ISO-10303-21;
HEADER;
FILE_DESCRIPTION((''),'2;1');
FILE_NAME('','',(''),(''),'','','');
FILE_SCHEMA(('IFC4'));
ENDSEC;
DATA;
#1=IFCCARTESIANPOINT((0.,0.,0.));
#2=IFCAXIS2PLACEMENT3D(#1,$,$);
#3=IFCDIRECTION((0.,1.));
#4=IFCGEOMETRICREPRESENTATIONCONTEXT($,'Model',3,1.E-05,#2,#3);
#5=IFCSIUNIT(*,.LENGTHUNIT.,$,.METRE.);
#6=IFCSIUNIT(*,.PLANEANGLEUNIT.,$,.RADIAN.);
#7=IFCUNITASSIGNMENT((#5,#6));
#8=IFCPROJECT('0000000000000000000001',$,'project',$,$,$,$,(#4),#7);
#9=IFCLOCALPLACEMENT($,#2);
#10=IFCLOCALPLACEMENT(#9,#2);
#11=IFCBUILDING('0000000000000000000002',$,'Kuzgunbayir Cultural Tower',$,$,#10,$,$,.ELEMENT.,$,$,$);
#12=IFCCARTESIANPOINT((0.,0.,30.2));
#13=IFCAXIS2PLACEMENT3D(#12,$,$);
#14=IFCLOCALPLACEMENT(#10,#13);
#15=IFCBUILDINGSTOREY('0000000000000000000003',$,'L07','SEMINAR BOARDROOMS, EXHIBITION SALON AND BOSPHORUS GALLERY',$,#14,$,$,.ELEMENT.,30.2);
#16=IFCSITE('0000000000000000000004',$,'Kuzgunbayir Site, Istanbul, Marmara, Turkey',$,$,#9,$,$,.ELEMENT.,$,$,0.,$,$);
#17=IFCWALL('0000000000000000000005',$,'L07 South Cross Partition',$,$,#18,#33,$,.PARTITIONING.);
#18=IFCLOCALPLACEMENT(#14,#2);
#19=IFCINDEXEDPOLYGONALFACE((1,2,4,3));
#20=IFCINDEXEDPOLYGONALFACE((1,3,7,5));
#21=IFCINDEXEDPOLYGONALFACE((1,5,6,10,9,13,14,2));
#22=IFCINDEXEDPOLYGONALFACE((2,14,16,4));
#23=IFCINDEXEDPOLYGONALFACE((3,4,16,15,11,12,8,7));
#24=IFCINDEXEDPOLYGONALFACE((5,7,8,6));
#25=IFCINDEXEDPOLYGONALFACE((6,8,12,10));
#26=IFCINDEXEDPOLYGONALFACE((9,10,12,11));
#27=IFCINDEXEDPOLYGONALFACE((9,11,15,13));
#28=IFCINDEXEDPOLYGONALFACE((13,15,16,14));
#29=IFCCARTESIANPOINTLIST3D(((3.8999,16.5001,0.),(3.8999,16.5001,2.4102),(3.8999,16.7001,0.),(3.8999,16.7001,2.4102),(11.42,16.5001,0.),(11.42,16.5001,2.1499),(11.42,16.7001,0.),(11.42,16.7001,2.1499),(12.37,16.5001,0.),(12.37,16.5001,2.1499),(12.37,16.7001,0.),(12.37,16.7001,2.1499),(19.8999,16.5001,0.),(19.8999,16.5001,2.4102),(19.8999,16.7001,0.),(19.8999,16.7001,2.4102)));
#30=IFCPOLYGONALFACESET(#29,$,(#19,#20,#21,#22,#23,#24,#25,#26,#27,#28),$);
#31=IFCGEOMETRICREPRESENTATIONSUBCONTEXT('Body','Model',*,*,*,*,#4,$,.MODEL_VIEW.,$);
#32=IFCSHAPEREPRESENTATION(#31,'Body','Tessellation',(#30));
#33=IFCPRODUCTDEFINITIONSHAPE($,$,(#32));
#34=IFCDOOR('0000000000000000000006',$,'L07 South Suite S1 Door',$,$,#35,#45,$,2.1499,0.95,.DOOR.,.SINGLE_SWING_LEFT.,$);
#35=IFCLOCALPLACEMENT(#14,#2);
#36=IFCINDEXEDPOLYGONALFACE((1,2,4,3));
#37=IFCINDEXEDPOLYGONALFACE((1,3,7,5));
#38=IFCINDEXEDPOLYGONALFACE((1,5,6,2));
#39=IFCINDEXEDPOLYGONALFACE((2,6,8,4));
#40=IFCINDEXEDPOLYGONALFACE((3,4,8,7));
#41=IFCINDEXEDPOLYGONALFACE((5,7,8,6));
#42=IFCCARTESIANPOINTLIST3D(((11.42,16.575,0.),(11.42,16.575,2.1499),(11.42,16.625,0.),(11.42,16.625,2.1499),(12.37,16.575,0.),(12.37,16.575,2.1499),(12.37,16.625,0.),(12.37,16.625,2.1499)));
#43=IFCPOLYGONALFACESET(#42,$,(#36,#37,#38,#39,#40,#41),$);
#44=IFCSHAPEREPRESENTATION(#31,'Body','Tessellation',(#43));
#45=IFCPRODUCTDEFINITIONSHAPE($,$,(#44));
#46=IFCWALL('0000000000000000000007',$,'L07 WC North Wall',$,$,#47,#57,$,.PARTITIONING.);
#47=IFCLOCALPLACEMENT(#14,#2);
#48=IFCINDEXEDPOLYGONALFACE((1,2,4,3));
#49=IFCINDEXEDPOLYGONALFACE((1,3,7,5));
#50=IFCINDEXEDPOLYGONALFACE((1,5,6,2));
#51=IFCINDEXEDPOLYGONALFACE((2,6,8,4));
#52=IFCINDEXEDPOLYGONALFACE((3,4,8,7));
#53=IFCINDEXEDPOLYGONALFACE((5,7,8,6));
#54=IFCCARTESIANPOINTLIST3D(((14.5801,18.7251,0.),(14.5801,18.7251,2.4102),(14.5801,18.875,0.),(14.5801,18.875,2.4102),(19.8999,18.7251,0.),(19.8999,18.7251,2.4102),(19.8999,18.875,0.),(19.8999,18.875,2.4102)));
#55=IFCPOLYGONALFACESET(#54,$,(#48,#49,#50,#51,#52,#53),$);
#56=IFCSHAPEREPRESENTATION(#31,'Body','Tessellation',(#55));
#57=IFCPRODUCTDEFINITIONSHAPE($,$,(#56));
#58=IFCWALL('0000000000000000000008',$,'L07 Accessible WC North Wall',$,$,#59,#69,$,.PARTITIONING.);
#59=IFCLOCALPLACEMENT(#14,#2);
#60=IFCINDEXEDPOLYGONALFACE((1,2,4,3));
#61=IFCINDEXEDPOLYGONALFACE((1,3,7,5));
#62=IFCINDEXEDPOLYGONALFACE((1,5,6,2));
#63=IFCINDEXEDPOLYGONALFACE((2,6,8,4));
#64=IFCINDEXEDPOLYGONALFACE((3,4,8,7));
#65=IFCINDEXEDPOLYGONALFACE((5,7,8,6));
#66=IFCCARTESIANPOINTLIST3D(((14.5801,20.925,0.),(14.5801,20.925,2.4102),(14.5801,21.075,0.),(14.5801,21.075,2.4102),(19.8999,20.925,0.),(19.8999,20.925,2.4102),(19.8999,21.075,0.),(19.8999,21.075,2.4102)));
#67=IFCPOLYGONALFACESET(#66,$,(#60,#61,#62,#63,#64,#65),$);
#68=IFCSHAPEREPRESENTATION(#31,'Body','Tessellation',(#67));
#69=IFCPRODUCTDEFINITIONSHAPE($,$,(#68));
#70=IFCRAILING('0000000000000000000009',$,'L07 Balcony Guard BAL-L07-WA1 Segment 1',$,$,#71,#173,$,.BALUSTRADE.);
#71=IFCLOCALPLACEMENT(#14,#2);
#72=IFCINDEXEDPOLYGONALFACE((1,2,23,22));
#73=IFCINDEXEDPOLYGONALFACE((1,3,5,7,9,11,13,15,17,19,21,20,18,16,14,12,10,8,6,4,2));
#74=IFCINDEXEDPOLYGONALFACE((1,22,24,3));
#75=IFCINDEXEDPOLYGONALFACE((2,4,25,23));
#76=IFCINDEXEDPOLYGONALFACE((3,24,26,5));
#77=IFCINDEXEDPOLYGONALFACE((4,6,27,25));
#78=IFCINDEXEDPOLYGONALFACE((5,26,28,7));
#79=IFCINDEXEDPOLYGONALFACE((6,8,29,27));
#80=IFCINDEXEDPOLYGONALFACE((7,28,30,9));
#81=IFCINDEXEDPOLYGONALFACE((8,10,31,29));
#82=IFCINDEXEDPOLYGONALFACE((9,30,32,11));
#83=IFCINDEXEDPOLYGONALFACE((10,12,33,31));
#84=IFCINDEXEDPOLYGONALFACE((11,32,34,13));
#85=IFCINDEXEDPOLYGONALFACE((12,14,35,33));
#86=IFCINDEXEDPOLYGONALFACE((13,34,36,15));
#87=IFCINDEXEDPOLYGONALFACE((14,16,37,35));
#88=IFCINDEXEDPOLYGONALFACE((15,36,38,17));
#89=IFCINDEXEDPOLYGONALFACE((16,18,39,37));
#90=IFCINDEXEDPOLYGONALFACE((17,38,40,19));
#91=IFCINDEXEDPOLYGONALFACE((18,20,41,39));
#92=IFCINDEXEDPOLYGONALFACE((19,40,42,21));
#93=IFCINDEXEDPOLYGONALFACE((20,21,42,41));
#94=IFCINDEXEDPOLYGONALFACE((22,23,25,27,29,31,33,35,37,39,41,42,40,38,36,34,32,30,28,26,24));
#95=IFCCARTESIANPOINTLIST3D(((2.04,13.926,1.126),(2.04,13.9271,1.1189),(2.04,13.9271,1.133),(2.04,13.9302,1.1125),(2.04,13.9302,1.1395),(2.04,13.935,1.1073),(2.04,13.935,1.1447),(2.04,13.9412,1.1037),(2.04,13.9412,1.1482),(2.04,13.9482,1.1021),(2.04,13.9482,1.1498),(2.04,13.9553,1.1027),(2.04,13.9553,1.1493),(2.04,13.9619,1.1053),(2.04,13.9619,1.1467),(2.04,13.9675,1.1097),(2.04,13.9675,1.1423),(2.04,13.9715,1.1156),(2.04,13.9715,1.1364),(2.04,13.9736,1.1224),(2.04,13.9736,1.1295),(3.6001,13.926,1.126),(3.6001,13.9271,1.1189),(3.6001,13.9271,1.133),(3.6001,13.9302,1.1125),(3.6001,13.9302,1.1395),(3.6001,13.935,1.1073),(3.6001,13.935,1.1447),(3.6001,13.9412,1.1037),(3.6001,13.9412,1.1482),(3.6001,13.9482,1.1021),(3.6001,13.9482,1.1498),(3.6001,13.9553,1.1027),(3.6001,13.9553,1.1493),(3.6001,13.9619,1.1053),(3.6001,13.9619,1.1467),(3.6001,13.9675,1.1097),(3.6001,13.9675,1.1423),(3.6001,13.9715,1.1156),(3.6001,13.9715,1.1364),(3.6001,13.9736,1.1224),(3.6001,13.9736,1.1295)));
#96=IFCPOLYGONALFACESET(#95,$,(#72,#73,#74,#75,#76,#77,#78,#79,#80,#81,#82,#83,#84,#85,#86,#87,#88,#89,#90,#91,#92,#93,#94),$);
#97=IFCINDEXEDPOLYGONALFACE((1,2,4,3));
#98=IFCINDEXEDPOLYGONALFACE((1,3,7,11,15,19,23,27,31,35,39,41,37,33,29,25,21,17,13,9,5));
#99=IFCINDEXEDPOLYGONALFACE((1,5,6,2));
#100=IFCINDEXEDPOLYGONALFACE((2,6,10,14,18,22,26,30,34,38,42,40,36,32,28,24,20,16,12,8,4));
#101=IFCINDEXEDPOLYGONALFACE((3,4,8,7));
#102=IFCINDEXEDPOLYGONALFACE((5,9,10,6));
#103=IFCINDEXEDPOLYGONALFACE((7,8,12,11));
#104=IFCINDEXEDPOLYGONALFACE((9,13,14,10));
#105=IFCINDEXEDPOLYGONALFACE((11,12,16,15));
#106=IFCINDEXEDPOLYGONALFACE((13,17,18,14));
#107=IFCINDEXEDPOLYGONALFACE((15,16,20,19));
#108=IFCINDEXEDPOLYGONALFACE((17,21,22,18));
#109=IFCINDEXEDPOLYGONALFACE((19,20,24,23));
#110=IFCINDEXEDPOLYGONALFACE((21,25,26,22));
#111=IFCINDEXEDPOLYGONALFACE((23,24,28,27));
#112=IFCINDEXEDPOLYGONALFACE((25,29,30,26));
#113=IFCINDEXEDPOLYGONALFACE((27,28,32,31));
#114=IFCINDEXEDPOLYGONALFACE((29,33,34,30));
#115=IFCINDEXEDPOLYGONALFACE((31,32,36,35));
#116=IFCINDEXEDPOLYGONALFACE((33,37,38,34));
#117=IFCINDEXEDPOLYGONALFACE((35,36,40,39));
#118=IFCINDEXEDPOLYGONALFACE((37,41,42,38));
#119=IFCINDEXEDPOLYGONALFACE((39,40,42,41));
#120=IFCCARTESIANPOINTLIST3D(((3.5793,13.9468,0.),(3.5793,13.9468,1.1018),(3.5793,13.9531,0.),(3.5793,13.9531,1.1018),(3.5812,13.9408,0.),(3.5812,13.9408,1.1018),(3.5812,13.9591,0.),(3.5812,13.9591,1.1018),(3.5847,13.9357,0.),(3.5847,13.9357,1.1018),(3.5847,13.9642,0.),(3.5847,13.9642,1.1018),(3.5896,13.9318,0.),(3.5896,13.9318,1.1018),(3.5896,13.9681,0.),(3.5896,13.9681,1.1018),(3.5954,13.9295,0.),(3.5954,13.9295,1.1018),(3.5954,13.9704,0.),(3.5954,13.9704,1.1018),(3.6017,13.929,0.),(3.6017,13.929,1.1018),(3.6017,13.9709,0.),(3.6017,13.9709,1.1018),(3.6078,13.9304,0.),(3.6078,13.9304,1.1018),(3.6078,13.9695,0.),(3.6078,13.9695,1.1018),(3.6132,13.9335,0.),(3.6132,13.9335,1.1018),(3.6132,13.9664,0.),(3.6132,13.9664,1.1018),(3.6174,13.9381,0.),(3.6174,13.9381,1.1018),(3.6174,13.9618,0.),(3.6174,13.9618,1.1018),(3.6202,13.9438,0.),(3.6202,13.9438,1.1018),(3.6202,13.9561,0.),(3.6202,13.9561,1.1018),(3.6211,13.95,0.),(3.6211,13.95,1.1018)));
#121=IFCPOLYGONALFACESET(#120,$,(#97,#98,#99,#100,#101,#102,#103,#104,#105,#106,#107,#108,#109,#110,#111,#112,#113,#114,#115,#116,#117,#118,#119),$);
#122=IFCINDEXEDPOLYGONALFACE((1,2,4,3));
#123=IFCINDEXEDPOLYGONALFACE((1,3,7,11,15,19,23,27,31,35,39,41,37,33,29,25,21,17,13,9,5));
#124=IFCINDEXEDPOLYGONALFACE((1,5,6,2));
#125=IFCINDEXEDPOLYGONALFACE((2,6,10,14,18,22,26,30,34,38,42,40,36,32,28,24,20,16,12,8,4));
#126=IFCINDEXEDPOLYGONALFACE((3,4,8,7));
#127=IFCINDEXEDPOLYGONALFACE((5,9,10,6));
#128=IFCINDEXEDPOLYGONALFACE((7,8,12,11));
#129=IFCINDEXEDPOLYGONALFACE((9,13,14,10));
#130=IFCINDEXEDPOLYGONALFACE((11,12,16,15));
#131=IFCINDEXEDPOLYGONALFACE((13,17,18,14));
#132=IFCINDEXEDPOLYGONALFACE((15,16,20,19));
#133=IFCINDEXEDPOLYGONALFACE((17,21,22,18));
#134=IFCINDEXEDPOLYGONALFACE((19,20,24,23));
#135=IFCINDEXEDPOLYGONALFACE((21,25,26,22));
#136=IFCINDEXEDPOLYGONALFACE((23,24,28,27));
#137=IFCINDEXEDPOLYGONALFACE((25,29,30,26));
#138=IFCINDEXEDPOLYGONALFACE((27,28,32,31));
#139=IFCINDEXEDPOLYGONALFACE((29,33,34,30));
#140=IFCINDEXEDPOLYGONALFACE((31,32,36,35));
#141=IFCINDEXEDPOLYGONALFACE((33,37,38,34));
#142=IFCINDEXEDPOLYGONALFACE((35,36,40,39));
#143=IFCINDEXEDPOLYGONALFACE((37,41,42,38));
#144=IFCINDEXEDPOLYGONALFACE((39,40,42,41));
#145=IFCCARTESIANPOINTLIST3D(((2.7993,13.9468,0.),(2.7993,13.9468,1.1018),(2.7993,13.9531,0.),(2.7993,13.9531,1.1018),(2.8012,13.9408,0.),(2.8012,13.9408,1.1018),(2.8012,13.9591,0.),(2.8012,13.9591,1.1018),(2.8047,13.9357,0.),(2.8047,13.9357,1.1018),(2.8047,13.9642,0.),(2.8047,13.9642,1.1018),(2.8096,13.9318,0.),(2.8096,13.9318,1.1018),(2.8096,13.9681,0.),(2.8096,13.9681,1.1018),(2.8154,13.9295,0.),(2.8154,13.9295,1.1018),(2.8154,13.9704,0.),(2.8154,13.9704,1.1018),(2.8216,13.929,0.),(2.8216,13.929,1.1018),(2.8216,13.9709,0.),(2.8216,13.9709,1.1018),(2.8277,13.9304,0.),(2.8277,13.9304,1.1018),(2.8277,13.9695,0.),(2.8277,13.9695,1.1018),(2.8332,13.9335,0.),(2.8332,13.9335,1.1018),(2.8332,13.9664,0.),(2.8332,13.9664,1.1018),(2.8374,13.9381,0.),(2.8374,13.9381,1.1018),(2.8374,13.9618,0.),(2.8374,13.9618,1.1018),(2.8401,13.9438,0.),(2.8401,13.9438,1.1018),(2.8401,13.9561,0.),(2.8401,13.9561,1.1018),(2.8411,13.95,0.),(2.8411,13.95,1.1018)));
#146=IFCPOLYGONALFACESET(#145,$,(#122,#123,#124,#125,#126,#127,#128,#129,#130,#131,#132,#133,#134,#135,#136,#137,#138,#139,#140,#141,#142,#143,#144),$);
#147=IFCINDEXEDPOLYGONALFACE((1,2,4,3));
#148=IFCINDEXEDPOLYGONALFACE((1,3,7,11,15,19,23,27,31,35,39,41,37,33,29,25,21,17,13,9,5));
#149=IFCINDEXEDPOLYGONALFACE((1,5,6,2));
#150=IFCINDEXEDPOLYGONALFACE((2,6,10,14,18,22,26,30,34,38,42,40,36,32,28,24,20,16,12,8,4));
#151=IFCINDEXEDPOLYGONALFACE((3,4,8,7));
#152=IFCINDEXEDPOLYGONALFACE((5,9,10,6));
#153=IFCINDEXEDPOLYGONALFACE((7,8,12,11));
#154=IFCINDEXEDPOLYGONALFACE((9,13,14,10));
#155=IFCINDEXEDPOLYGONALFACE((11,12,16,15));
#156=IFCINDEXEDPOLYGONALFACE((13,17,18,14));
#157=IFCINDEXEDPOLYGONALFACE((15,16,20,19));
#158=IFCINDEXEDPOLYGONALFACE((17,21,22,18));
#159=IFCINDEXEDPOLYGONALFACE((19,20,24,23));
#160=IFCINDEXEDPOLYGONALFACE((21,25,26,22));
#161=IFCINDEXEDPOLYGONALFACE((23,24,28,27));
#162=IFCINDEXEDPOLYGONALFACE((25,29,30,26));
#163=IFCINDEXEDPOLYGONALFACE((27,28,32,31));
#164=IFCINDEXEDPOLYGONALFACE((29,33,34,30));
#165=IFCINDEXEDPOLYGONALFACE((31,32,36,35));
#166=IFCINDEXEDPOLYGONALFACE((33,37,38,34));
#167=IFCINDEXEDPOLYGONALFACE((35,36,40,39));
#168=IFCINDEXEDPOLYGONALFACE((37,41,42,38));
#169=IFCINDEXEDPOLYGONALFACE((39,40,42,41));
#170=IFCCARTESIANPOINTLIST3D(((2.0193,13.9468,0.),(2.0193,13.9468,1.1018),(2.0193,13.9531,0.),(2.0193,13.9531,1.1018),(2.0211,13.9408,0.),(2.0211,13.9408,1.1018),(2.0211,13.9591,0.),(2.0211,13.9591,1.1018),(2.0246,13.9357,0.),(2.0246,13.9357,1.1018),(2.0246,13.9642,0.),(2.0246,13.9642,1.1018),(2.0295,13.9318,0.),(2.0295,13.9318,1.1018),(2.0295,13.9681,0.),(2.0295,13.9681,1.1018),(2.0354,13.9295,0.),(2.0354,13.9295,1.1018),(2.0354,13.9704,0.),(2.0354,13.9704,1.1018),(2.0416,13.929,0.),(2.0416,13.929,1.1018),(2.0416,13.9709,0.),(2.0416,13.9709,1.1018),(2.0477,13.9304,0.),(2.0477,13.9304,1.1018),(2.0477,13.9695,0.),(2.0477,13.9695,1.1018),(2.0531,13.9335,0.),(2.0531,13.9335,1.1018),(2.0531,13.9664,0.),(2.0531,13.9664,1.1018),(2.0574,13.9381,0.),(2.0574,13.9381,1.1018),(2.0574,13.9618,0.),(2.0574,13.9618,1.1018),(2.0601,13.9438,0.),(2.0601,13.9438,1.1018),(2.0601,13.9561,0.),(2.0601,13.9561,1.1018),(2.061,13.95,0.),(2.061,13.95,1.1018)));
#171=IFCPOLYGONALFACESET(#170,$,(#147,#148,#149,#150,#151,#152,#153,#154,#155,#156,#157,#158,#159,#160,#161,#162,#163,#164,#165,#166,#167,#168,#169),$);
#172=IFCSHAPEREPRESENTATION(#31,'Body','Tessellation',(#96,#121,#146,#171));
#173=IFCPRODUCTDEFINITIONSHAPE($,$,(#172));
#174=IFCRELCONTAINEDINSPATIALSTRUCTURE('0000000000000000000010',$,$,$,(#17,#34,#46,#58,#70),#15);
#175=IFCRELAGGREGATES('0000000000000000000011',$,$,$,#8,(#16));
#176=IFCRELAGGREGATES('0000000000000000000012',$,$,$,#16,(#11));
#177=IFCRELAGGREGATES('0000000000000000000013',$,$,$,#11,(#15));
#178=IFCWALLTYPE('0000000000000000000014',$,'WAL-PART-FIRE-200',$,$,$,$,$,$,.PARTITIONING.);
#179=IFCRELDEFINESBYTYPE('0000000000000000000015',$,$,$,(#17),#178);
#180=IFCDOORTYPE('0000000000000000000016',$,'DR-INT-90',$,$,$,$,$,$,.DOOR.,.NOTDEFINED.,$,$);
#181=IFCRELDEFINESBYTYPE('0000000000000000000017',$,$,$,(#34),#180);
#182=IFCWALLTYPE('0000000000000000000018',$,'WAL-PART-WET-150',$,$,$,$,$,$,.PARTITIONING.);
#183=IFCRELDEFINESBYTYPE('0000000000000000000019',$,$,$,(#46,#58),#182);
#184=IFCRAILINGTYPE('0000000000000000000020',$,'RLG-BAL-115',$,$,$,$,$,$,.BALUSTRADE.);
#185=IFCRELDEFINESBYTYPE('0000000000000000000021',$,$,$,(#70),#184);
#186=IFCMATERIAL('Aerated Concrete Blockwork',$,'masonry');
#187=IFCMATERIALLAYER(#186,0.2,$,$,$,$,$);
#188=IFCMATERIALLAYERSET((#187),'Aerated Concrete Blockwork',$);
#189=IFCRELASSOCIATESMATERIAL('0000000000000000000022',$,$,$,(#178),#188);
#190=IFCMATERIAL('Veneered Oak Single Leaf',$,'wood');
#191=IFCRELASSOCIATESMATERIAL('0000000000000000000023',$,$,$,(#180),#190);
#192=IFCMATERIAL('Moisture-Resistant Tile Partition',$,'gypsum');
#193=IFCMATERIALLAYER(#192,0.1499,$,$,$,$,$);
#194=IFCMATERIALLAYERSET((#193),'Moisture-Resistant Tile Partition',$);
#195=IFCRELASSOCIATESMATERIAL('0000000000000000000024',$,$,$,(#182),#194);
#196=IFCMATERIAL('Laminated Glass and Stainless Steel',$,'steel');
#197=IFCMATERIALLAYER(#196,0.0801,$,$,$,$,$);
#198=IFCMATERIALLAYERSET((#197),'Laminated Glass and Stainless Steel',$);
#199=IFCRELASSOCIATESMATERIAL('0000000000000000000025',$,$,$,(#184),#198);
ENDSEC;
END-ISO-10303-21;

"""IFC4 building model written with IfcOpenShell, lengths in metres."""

from ifc_helpers import new_model, si_unit, direction, frame, frame_2d, origin, origin_2d, place, context, subcontext, project, spatial, rectangle, circle, extrude, material, layer, layer_set, type_object, element, fill, save


model = new_model("IFC4")

# Units and contexts
model_context = context("Model", 3, precision=1e-05, world=origin(), true_north=direction((0.0, 1.0)))
body_context = subcontext(model_context, "Body", "Model", "MODEL_VIEW")
ifc_project = project(units=[si_unit("LENGTHUNIT", "METRE"), si_unit("PLANEANGLEUNIT", "RADIAN")], contexts=[model_context])

# Site, building, storey
site_placement = place(None, origin())
site = spatial("IfcSite", under=ifc_project, at=site_placement, Name="Kuzgunbayir Site, Istanbul, Marmara, Turkey", CompositionType="ELEMENT", RefElevation=0.0)
building_placement = place(site_placement, origin())
building = spatial("IfcBuilding", under=site, at=building_placement, Name="Kuzgunbayir Cultural Tower", CompositionType="ELEMENT")
storey_placement = place(building_placement, frame((0.0, 0.0, 30.2)))
storey = spatial("IfcBuildingStorey", under=building, at=storey_placement, Name="L07", Description="SEMINAR BOARDROOMS, EXHIBITION SALON AND BOSPHORUS GALLERY", CompositionType="ELEMENT", Elevation=30.2)

# Shared definitions
ifc_material_1 = material(Name="Aerated Concrete Blockwork", Category="masonry")
ifc_layer_1 = layer(ifc_material_1, 0.2)
ifc_layer_set_1 = layer_set([ifc_layer_1], Name="Aerated Concrete Blockwork")
wall_type_1 = type_object("IfcWallType", Name="WAL-PART-FIRE-200", PredefinedType="PARTITIONING", material=ifc_layer_set_1)
ifc_material_2 = material(Name="Veneered Oak Single Leaf", Category="wood")
door_type_1 = type_object("IfcDoorType", Name="DR-INT-90", OperationType="NOTDEFINED", PredefinedType="DOOR", material=ifc_material_2)

# Wall, opening, door
wall_1_placement = place(storey_placement, frame((3.8999, 16.6001, 0.0), z_axis=(0.0, 0.0, 1.0), x_axis=(1.0, 0.0, 0.0)))
wall_1 = element("IfcWall", 1, at=wall_1_placement, inside=storey, type_object=wall_type_1, Name="L07 South Cross Partition", PredefinedType="PARTITIONING", context=body_context, shape_type="SweptSolid", body=[
    extrude(rectangle(XDim=16.0, YDim=0.2, at=frame_2d((8.0, 0.0))), origin(), (0.0, 0.0, 1.0), 2.4102),
])
opening_1_placement = place(wall_1_placement, frame((7.52, 0.0, 0.0)))
opening_1 = element("IfcOpeningElement", 2, at=opening_1_placement, cuts=wall_1, PredefinedType="OPENING", context=body_context, shape_type="SweptSolid", body=[
    extrude(rectangle(XDim=0.95, YDim=2.1499, at=frame_2d((0.4751, 1.075))), frame((0.0, 0.1099, 0.0), z_axis=(0.0, -1.0, 0.0), x_axis=(1.0, 0.0, 0.0)), (0.0, 0.0, 1.0), 0.22),
])
door_1_placement = place(opening_1_placement, origin())
door_1 = element("IfcDoor", 3, at=door_1_placement, inside=storey, type_object=door_type_1, Name="L07 South Suite S1 Door", OperationType="SINGLE_SWING_LEFT", OverallHeight=2.1499, OverallWidth=0.95, PredefinedType="DOOR", context=body_context, shape_type="SweptSolid", body=[
    extrude(rectangle(XDim=0.95, YDim=2.1499, at=frame_2d((0.4751, 1.075))), frame((0.0, 0.0249, 0.0), z_axis=(0.0, -1.0, 0.0), x_axis=(1.0, 0.0, 0.0)), (0.0, 0.0, 1.0), 0.05),
])
fill(opening_1, door_1)

# Walls
ifc_material_3 = material(Name="Moisture-Resistant Tile Partition", Category="gypsum")
ifc_layer_2 = layer(ifc_material_3, 0.1499)
ifc_layer_set_2 = layer_set([ifc_layer_2], Name="Moisture-Resistant Tile Partition")
wall_type_2 = type_object("IfcWallType", Name="WAL-PART-WET-150", PredefinedType="PARTITIONING", material=ifc_layer_set_2)
for number, where, z_axis, x_axis, name in (
    (4, (14.5801, 18.8, 0.0), (0.0, 0.0, 1.0), (1.0, 0.0, 0.0), "L07 WC North Wall"),
    (5, (14.5801, 21.0, 0.0), (0.0, 0.0, 1.0), (1.0, 0.0, 0.0), "L07 Accessible WC North Wall"),
):
    element("IfcWall", number, at=place(storey_placement, frame(where, z_axis=z_axis, x_axis=x_axis)), inside=storey, type_object=wall_type_2, Name=name, PredefinedType="PARTITIONING", context=body_context, shape_type="SweptSolid", body=[
        extrude(rectangle(XDim=5.3198, YDim=0.1499, at=frame_2d((2.6599, 0.0))), origin(), (0.0, 0.0, 1.0), 2.4102),
    ])

# Railing
ifc_material_4 = material(Name="Laminated Glass and Stainless Steel", Category="steel")
ifc_layer_3 = layer(ifc_material_4, 0.0801)
ifc_layer_set_3 = layer_set([ifc_layer_3], Name="Laminated Glass and Stainless Steel")
railing_type = type_object("IfcRailingType", Name="RLG-BAL-115", PredefinedType="BALUSTRADE", material=ifc_layer_set_3)
railing_1_placement = place(storey_placement, frame((3.6001, 13.95, 0.0)))
element("IfcRailing", 6, at=railing_1_placement, inside=storey, type_object=railing_type, Name="L07 Balcony Guard BAL-L07-WA1 Segment 1", PredefinedType="BALUSTRADE", context=body_context, shape_type="SweptSolid", body=[
    extrude(circle(Radius=0.0239, at=origin_2d()), frame((0.0, 0.0, 1.126), z_axis=(-1.0, 0.0, 0.0), x_axis=(0.0, -1.0, 0.0)), (0.0, 0.0, 1.0), 1.5601),
    extrude(circle(Radius=0.021, at=origin_2d()), origin(), (0.0, 0.0, 1.0), 1.1018),
    extrude(circle(Radius=0.021, at=origin_2d()), frame((-0.78, 0.0, 0.0)), (0.0, 0.0, 1.0), 1.1018),
    extrude(circle(Radius=0.021, at=origin_2d()), frame((-1.5601, 0.0, 0.0)), (0.0, 0.0, 1.0), 1.1018),
])

save(model, "model.ifc")
